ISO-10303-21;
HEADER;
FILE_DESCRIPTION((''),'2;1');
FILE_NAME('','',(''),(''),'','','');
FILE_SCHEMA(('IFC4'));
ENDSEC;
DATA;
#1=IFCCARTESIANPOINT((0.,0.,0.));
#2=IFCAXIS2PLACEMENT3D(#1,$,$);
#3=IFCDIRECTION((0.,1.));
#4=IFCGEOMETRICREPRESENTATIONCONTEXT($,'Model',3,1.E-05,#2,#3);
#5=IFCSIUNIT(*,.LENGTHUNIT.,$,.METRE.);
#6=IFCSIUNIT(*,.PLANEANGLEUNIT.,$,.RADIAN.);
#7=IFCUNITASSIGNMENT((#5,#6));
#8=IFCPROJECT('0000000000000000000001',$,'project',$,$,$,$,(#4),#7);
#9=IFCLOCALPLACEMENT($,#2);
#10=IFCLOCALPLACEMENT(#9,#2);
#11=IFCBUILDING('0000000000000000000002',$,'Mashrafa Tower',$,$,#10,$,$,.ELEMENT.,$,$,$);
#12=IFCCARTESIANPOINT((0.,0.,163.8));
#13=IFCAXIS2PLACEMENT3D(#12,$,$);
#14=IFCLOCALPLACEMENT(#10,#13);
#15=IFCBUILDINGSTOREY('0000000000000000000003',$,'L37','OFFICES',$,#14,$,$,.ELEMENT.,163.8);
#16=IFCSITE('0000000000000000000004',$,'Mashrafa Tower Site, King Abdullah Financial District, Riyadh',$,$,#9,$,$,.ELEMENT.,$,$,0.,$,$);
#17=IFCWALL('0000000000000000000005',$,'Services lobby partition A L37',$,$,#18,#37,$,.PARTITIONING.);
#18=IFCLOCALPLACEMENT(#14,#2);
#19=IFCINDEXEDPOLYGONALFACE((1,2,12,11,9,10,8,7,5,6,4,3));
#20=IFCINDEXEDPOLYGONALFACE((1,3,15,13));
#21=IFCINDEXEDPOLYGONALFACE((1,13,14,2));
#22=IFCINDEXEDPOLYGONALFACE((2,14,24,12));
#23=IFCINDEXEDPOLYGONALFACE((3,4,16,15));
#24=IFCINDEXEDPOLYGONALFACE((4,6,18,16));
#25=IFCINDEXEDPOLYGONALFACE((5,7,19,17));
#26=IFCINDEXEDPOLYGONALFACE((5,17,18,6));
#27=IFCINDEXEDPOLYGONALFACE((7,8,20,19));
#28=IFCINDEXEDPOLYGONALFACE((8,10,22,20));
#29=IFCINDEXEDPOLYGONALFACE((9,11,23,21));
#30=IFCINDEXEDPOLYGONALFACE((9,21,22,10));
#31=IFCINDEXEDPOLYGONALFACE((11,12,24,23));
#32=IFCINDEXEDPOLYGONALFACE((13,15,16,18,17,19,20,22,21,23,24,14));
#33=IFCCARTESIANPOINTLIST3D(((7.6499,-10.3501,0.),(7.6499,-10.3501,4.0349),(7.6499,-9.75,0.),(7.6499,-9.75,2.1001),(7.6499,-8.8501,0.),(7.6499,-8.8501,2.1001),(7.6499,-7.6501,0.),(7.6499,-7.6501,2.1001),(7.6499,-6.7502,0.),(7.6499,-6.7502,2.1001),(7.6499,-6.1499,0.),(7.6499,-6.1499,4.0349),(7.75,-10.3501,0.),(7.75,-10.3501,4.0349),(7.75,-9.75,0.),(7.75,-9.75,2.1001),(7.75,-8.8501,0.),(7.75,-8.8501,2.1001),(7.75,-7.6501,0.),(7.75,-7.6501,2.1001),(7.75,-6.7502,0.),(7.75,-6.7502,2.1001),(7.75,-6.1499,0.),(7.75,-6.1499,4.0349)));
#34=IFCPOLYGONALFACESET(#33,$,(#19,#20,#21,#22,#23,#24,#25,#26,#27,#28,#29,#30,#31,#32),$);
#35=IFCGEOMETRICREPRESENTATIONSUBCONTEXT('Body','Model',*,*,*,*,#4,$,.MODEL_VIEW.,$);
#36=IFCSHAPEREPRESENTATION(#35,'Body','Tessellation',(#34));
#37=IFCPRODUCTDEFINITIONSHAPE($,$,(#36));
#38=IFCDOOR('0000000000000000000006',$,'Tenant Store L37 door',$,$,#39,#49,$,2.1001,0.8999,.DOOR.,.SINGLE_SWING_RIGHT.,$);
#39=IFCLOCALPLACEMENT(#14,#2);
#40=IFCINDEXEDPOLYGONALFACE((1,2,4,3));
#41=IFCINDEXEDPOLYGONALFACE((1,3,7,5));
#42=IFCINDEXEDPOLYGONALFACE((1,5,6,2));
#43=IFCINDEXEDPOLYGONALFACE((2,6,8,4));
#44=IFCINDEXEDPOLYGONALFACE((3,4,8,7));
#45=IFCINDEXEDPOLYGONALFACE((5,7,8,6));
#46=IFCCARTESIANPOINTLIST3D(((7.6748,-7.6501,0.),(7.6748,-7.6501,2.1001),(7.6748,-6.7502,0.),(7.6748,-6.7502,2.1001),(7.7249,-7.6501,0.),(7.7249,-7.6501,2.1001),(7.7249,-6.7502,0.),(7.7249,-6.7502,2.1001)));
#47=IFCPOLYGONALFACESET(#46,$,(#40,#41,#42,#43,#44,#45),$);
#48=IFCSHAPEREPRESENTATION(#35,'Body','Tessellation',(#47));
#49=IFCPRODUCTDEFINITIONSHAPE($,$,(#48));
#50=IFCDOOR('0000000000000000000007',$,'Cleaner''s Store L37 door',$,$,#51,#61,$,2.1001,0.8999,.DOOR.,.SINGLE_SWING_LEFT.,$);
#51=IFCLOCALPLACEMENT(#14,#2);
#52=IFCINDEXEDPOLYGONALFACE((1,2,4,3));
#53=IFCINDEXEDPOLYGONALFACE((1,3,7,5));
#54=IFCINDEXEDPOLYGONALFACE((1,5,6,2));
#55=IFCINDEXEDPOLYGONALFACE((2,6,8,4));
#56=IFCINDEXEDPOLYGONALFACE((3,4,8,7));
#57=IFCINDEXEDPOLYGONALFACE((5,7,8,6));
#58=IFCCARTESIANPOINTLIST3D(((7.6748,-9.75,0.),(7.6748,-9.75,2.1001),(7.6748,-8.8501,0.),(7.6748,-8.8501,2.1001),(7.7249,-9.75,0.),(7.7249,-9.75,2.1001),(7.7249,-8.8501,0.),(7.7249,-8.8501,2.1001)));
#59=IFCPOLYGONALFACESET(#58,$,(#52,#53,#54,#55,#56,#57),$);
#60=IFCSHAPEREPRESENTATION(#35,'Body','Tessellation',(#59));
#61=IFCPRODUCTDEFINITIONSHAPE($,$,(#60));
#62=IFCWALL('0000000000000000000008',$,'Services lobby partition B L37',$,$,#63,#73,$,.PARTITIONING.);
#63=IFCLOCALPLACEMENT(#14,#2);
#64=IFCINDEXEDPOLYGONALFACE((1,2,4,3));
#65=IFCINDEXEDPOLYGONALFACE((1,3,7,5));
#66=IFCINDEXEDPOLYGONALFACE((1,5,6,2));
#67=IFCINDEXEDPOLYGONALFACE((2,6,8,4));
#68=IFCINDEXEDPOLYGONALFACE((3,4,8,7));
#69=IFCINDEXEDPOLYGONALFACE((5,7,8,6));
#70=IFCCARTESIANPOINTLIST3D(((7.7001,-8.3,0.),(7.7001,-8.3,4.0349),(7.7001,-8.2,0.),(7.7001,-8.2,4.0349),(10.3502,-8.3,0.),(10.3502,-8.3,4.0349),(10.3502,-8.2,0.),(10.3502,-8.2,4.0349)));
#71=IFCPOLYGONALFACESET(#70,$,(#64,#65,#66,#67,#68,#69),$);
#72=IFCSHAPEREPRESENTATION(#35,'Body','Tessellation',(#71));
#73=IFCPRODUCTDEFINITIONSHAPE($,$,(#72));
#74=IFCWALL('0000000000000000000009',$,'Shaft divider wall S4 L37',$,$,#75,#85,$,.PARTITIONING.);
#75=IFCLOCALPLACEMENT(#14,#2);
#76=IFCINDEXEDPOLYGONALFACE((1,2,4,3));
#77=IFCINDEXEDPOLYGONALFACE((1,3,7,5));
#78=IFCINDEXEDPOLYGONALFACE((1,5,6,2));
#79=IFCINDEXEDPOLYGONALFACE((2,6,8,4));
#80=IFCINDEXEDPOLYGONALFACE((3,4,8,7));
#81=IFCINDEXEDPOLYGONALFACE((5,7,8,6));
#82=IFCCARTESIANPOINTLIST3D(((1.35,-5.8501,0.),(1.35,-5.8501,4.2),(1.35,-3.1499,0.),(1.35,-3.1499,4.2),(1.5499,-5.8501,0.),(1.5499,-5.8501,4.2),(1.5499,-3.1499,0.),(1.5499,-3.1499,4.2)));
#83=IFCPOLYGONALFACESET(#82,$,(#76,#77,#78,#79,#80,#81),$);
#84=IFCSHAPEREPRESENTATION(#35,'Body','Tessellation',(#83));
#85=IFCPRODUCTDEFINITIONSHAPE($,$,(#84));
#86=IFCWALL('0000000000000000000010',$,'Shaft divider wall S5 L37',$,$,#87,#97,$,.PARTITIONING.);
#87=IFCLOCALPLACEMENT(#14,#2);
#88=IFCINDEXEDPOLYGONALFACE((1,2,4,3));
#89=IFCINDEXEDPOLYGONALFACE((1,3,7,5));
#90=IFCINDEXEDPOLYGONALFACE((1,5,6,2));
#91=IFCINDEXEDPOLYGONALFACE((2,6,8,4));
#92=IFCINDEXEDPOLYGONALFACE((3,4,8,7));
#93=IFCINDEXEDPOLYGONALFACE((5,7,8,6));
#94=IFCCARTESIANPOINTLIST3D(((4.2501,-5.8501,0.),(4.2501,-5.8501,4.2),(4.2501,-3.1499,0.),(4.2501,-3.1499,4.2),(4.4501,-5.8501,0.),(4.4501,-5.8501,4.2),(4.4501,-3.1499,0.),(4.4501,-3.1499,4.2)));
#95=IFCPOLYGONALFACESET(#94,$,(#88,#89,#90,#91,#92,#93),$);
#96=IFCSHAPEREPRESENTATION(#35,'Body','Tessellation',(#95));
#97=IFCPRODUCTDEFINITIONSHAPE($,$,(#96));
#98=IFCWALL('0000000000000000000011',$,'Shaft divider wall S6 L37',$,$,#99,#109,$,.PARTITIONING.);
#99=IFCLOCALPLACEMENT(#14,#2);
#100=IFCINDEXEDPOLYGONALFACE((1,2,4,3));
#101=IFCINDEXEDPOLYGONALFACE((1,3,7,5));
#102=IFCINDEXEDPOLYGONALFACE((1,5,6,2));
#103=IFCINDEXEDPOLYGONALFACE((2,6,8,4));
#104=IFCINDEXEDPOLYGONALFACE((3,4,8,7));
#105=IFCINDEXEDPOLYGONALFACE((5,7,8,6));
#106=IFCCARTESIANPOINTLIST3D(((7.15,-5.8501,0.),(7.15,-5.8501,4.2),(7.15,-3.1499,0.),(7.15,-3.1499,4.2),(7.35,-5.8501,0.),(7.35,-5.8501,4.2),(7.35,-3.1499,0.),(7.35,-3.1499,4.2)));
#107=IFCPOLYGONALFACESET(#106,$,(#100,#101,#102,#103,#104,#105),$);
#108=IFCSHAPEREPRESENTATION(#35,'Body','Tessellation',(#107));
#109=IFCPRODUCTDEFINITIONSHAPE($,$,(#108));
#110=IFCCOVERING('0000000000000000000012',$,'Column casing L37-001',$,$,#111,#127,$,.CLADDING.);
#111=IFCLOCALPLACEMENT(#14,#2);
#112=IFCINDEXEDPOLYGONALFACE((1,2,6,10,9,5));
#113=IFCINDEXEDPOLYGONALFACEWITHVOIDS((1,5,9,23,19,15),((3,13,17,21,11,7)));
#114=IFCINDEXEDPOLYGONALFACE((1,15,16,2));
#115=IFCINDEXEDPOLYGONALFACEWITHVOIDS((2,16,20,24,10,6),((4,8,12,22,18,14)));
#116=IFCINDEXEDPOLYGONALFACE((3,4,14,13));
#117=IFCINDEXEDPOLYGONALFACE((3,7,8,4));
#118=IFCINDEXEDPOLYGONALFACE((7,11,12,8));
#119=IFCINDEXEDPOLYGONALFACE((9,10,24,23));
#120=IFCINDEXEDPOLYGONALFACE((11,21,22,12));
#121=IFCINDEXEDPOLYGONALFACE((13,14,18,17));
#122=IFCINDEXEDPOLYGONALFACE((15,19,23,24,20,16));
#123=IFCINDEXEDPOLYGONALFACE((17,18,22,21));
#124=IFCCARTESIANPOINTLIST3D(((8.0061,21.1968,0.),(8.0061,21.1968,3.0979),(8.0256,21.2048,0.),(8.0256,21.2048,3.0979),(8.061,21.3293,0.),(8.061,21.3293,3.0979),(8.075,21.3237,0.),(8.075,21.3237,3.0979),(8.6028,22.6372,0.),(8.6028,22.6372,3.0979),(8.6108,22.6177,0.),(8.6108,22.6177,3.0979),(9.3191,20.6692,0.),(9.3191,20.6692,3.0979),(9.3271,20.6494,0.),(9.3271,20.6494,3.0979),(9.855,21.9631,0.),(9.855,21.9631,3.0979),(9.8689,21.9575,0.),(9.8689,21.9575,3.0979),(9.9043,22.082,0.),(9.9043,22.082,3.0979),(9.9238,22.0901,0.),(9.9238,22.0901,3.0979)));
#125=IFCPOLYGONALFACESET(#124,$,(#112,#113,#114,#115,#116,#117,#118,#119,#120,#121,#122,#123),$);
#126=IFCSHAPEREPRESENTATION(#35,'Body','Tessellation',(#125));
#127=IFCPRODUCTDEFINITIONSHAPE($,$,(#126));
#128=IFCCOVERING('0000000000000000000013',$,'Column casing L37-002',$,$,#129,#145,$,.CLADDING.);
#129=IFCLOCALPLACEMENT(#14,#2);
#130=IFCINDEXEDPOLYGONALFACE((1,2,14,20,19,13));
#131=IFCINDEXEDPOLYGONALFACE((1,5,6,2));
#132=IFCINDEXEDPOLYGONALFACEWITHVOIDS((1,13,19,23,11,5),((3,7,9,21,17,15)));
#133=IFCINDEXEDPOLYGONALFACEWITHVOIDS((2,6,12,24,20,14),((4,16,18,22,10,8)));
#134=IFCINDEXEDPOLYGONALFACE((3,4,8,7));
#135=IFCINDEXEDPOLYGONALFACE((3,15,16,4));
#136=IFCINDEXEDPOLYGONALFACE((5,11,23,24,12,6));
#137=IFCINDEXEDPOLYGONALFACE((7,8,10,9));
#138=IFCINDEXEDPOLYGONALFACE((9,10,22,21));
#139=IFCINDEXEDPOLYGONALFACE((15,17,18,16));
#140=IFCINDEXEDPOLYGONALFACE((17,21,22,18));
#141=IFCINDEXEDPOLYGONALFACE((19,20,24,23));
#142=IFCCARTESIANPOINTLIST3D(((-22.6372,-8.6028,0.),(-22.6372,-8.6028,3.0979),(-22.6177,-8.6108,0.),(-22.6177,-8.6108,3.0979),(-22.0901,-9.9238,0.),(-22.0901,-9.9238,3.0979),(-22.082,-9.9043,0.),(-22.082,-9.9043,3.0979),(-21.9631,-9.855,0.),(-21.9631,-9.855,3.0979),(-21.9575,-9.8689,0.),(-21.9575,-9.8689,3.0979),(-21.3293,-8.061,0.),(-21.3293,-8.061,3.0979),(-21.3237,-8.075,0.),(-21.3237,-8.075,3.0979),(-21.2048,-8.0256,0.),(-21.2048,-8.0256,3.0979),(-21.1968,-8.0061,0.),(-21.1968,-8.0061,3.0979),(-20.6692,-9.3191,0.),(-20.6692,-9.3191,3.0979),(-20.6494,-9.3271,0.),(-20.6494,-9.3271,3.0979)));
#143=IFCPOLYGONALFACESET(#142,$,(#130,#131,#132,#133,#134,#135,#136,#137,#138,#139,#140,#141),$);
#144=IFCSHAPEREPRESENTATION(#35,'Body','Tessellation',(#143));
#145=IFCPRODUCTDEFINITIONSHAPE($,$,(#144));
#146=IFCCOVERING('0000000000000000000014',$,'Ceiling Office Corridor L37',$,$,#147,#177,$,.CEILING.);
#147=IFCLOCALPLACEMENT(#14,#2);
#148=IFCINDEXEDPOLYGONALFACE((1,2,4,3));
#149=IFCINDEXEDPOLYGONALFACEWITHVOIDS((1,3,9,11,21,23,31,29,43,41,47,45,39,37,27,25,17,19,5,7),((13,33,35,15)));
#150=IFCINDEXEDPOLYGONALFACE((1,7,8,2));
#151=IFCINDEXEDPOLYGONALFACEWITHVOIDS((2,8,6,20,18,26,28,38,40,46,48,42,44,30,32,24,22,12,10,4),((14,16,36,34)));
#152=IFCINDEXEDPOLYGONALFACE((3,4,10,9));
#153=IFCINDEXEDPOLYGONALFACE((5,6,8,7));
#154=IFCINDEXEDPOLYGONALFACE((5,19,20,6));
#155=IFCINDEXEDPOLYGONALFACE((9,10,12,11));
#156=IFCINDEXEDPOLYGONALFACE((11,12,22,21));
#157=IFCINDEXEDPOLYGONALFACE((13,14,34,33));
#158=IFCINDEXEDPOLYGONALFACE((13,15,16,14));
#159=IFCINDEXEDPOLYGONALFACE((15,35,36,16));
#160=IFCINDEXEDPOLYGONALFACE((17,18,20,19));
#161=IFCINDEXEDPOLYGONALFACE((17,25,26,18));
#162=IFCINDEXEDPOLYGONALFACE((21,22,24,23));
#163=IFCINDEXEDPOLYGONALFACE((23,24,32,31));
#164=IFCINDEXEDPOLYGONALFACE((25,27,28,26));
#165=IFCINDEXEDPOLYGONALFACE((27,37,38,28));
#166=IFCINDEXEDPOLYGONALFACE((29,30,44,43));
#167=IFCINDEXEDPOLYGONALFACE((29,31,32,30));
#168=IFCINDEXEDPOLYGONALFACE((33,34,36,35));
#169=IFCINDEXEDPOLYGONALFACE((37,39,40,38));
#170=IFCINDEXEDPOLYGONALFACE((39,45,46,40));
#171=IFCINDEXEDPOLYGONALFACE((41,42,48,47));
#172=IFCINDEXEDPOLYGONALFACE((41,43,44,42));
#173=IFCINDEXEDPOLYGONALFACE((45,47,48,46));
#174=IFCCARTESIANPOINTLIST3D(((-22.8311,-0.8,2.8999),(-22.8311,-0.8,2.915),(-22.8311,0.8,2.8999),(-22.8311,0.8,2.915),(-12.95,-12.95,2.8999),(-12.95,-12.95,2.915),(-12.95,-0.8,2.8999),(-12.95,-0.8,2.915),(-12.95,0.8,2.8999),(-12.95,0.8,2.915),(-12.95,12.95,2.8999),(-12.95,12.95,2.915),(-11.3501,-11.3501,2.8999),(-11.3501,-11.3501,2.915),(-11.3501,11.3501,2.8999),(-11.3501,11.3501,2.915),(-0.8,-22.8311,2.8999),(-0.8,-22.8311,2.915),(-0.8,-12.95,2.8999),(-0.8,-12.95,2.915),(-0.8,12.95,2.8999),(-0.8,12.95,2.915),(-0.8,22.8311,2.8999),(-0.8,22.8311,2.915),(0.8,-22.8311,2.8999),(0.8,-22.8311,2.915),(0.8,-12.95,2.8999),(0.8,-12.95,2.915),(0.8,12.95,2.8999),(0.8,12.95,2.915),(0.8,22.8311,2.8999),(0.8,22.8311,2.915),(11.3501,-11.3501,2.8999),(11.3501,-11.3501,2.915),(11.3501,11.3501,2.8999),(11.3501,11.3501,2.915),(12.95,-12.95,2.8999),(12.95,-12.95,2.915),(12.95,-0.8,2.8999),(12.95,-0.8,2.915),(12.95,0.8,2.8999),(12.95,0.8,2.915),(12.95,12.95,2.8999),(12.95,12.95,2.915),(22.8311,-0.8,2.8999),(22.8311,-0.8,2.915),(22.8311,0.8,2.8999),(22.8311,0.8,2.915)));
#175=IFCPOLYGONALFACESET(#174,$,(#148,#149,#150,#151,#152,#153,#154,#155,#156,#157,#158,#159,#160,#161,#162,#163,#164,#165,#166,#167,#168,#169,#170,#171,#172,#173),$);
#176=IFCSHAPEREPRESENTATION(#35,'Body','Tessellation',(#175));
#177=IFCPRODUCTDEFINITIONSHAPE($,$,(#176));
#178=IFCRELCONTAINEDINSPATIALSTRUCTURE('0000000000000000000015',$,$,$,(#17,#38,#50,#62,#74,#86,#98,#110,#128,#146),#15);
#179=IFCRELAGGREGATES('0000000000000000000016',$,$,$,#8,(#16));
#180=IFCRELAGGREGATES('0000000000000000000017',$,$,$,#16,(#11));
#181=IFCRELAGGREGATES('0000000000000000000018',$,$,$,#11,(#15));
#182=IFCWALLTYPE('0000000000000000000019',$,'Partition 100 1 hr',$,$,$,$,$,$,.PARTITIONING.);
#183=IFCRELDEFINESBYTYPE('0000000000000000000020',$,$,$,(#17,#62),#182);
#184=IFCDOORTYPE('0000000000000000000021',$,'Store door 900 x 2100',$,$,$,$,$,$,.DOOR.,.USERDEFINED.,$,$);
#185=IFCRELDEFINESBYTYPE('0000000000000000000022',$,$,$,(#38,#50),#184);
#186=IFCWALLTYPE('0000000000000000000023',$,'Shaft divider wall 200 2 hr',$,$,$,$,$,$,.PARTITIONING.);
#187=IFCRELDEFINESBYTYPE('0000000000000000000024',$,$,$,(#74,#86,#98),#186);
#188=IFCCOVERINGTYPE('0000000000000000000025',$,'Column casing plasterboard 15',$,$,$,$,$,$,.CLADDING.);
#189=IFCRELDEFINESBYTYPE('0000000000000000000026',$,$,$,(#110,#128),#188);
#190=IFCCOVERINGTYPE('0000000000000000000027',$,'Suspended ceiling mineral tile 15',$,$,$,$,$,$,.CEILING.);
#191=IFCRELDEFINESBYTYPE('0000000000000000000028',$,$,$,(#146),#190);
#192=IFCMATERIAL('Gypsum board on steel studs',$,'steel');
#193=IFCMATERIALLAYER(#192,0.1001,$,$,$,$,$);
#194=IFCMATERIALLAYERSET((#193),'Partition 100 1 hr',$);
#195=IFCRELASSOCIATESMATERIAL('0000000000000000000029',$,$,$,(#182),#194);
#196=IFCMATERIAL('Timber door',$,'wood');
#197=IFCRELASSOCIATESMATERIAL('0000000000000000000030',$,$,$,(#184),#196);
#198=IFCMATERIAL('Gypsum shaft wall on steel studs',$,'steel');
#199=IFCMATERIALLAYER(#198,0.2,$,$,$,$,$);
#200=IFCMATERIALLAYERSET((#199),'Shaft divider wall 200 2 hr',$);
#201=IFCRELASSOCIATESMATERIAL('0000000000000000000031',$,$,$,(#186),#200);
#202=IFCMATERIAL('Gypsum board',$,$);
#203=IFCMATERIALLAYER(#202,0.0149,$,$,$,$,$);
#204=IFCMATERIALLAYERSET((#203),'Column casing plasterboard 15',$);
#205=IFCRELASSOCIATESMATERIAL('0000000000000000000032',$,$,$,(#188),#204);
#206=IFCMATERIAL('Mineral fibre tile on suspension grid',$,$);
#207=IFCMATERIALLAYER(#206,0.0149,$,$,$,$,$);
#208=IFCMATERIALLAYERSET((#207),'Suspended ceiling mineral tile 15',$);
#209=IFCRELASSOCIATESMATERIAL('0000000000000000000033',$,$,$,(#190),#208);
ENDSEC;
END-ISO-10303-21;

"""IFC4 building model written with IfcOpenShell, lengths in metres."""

from ifc_helpers import new_model, si_unit, direction, frame, frame_2d, origin, place, context, subcontext, project, spatial, polyline, rectangle, outline, extrude, material, layer, layer_set, type_object, element, fill, save


model = new_model("IFC4")

# Units and contexts
model_context = context("Model", 3, precision=1e-05, world=origin(), true_north=direction((0.0, 1.0)))
body_context = subcontext(model_context, "Body", "Model", "MODEL_VIEW")
ifc_project = project(units=[si_unit("LENGTHUNIT", "METRE"), si_unit("PLANEANGLEUNIT", "RADIAN")], contexts=[model_context])

# Site, building, storey
site_placement = place(None, origin())
site = spatial("IfcSite", under=ifc_project, at=site_placement, Name="Mashrafa Tower Site, King Abdullah Financial District, Riyadh", CompositionType="ELEMENT", RefElevation=0.0)
building_placement = place(site_placement, origin())
building = spatial("IfcBuilding", under=site, at=building_placement, Name="Mashrafa Tower", CompositionType="ELEMENT")
storey_placement = place(building_placement, frame((0.0, 0.0, 163.8)))
storey = spatial("IfcBuildingStorey", under=building, at=storey_placement, Name="L37", Description="OFFICES", CompositionType="ELEMENT", Elevation=163.8)

# Wall, openings, doors
ifc_material_1 = material(Name="Gypsum board on steel studs", Category="steel")
ifc_layer_1 = layer(ifc_material_1, 0.1001)
ifc_layer_set_1 = layer_set([ifc_layer_1], Name="Partition 100 1 hr")
wall_type_1 = type_object("IfcWallType", Name="Partition 100 1 hr", PredefinedType="PARTITIONING", material=ifc_layer_set_1)
wall_1_placement = place(storey_placement, frame((7.7, -10.3501, 0.0), z_axis=(0.0, 0.0, 1.0), x_axis=(0.0, 1.0, 0.0)))
wall_1 = element("IfcWall", 1, at=wall_1_placement, inside=storey, type_object=wall_type_1, Name="Services lobby partition A L37", PredefinedType="PARTITIONING", context=body_context, shape_type="SweptSolid", body=[
    extrude(rectangle(XDim=4.2002, YDim=0.1001, at=frame_2d((2.1001, 0.0))), origin(), (0.0, 0.0, 1.0), 4.0349),
])
opening_1_placement = place(wall_1_placement, frame((2.7, 0.0, 0.0)))
opening_1 = element("IfcOpeningElement", 2, at=opening_1_placement, cuts=wall_1, PredefinedType="OPENING", context=body_context, shape_type="SweptSolid", body=[
    extrude(rectangle(XDim=0.8999, YDim=2.1001, at=frame_2d((0.45, 1.05))), frame((0.0, 0.0601, 0.0), z_axis=(0.0, -1.0, 0.0), x_axis=(1.0, 0.0, 0.0)), (0.0, 0.0, 1.0), 0.1201),
])
opening_2_placement = place(wall_1_placement, frame((0.6001, 0.0, 0.0)))
opening_2 = element("IfcOpeningElement", 3, at=opening_2_placement, cuts=wall_1, PredefinedType="OPENING", context=body_context, shape_type="SweptSolid", body=[
    extrude(rectangle(XDim=0.8999, YDim=2.1001, at=frame_2d((0.45, 1.05))), frame((0.0, 0.0601, 0.0), z_axis=(0.0, -1.0, 0.0), x_axis=(1.0, 0.0, 0.0)), (0.0, 0.0, 1.0), 0.1201),
])
ifc_material_2 = material(Name="Timber door", Category="wood")
door_type_1 = type_object("IfcDoorType", Name="Store door 900 x 2100", OperationType="USERDEFINED", PredefinedType="DOOR", material=ifc_material_2)
door_1_placement = place(opening_1_placement, frame((0.8999, 0.0, 0.0), z_axis=(0.0, 0.0, 1.0), x_axis=(-1.0, 0.0, 0.0)))
door_1 = element("IfcDoor", 4, at=door_1_placement, inside=storey, type_object=door_type_1, Name="Tenant Store L37 door", OperationType="SINGLE_SWING_RIGHT", OverallHeight=2.1001, OverallWidth=0.8999, PredefinedType="DOOR", context=body_context, shape_type="SweptSolid", body=[
    extrude(rectangle(XDim=0.8999, YDim=2.1001, at=frame_2d((0.45, 1.05))), frame((0.0, 0.0249, 0.0), z_axis=(0.0, -1.0, 0.0), x_axis=(1.0, 0.0, 0.0)), (0.0, 0.0, 1.0), 0.05),
])
fill(opening_1, door_1)
door_2_placement = place(opening_2_placement, frame((0.8999, 0.0, 0.0), z_axis=(0.0, 0.0, 1.0), x_axis=(-1.0, 0.0, 0.0)))
door_2 = element("IfcDoor", 5, at=door_2_placement, inside=storey, type_object=door_type_1, Name="Cleaner's Store L37 door", OperationType="SINGLE_SWING_LEFT", OverallHeight=2.1001, OverallWidth=0.8999, PredefinedType="DOOR", context=body_context, shape_type="SweptSolid", body=[
    extrude(rectangle(XDim=0.8999, YDim=2.1001, at=frame_2d((0.45, 1.05))), frame((0.0, 0.0249, 0.0), z_axis=(0.0, -1.0, 0.0), x_axis=(1.0, 0.0, 0.0)), (0.0, 0.0, 1.0), 0.05),
])
fill(opening_2, door_2)

# Walls
wall_2_placement = place(storey_placement, frame((7.7, -8.25, 0.0), z_axis=(0.0, 0.0, 1.0), x_axis=(1.0, 0.0, 0.0)))
element("IfcWall", 6, at=wall_2_placement, inside=storey, type_object=wall_type_1, Name="Services lobby partition B L37", PredefinedType="PARTITIONING", context=body_context, shape_type="SweptSolid", body=[
    extrude(rectangle(XDim=2.6501, YDim=0.1001, at=frame_2d((1.3252, 0.0))), origin(), (0.0, 0.0, 1.0), 4.0349),
])
ifc_material_3 = material(Name="Gypsum shaft wall on steel studs", Category="steel")
ifc_layer_2 = layer(ifc_material_3, 0.2)
ifc_layer_set_2 = layer_set([ifc_layer_2], Name="Shaft divider wall 200 2 hr")
wall_type_2 = type_object("IfcWallType", Name="Shaft divider wall 200 2 hr", PredefinedType="PARTITIONING", material=ifc_layer_set_2)
for number, where, z_axis, x_axis, name in (
    (7, (1.45, -5.8501, 0.0), (0.0, 0.0, 1.0), (0.0, 1.0, 0.0), "Shaft divider wall S4 L37"),
    (8, (4.3501, -5.8501, 0.0), (0.0, 0.0, 1.0), (0.0, 1.0, 0.0), "Shaft divider wall S5 L37"),
    (9, (7.25, -5.8501, 0.0), (0.0, 0.0, 1.0), (0.0, 1.0, 0.0), "Shaft divider wall S6 L37"),
):
    element("IfcWall", number, at=place(storey_placement, frame(where, z_axis=z_axis, x_axis=x_axis)), inside=storey, type_object=wall_type_2, Name=name, PredefinedType="PARTITIONING", context=body_context, shape_type="SweptSolid", body=[
        extrude(rectangle(XDim=2.7002, YDim=0.2, at=frame_2d((1.3501, 0.0))), origin(), (0.0, 0.0, 1.0), 4.2),
    ])

# Coverings
ifc_material_4 = material(Name="Gypsum board")
ifc_layer_3 = layer(ifc_material_4, 0.0149)
ifc_layer_set_3 = layer_set([ifc_layer_3], Name="Column casing plasterboard 15")
covering_type_1 = type_object("IfcCoveringType", Name="Column casing plasterboard 15", PredefinedType="CLADDING", material=ifc_layer_set_3)
covering_1_placement = place(storey_placement, origin())
element("IfcCovering", 10, at=covering_1_placement, inside=storey, type_object=covering_type_1, Name="Column casing L37-001", PredefinedType="CLADDING", context=body_context, shape_type="SweptSolid", body=[
    extrude(outline(polyline([(8.0061, 21.1968), (8.061, 21.3293), (8.6028, 22.6372), (9.9238, 22.0901), (9.8689, 21.9575), (9.3271, 20.6494), (8.0061, 21.1968)]), holes=[polyline([(9.855, 21.9631), (9.9043, 22.082), (8.6108, 22.6177), (8.075, 21.3237), (8.0256, 21.2048), (9.3191, 20.6692), (9.855, 21.9631)])]), origin(), (0.0, 0.0, 1.0), 3.0979),
])
covering_2_placement = place(storey_placement, origin())
element("IfcCovering", 11, at=covering_2_placement, inside=storey, type_object=covering_type_1, Name="Column casing L37-002", PredefinedType="CLADDING", context=body_context, shape_type="SweptSolid", body=[
    extrude(outline(polyline([(-22.6372, -8.6028), (-21.3293, -8.061), (-21.1968, -8.0061), (-20.6494, -9.3271), (-21.9575, -9.8689), (-22.0901, -9.9238), (-22.6372, -8.6028)]), holes=[polyline([(-21.9631, -9.855), (-20.6692, -9.3191), (-21.2048, -8.0256), (-21.3237, -8.075), (-22.6177, -8.6108), (-22.082, -9.9043), (-21.9631, -9.855)])]), origin(), (0.0, 0.0, 1.0), 3.0979),
])
ifc_material_5 = material(Name="Mineral fibre tile on suspension grid")
ifc_layer_4 = layer(ifc_material_5, 0.0149)
ifc_layer_set_4 = layer_set([ifc_layer_4], Name="Suspended ceiling mineral tile 15")
covering_type_2 = type_object("IfcCoveringType", Name="Suspended ceiling mineral tile 15", PredefinedType="CEILING", material=ifc_layer_set_4)
covering_3_placement = place(storey_placement, frame((0.0, 0.0, 2.8999)))
element("IfcCovering", 12, at=covering_3_placement, inside=storey, type_object=covering_type_2, Name="Ceiling Office Corridor L37", PredefinedType="CEILING", context=body_context, shape_type="SweptSolid", body=[
    extrude(outline(polyline([(-12.95, -12.95), (-12.95, -0.8), (-22.8311, -0.8), (-22.8311, 0.8), (-12.95, 0.8), (-12.95, 12.95), (-0.8, 12.95), (-0.8, 22.8311), (0.8, 22.8311), (0.8, 12.95), (12.95, 12.95), (12.95, 0.8), (22.8311, 0.8), (22.8311, -0.8), (12.95, -0.8), (12.95, -12.95), (0.8, -12.95), (0.8, -22.8311), (-0.8, -22.8311), (-0.8, -12.95), (-12.95, -12.95)]), holes=[polyline([(11.3501, 11.3501), (-11.3501, 11.3501), (-11.3501, -11.3501), (11.3501, -11.3501), (11.3501, 11.3501)])]), origin(), (0.0, 0.0, 1.0), 0.0151),
])

save(model, "model.ifc")
